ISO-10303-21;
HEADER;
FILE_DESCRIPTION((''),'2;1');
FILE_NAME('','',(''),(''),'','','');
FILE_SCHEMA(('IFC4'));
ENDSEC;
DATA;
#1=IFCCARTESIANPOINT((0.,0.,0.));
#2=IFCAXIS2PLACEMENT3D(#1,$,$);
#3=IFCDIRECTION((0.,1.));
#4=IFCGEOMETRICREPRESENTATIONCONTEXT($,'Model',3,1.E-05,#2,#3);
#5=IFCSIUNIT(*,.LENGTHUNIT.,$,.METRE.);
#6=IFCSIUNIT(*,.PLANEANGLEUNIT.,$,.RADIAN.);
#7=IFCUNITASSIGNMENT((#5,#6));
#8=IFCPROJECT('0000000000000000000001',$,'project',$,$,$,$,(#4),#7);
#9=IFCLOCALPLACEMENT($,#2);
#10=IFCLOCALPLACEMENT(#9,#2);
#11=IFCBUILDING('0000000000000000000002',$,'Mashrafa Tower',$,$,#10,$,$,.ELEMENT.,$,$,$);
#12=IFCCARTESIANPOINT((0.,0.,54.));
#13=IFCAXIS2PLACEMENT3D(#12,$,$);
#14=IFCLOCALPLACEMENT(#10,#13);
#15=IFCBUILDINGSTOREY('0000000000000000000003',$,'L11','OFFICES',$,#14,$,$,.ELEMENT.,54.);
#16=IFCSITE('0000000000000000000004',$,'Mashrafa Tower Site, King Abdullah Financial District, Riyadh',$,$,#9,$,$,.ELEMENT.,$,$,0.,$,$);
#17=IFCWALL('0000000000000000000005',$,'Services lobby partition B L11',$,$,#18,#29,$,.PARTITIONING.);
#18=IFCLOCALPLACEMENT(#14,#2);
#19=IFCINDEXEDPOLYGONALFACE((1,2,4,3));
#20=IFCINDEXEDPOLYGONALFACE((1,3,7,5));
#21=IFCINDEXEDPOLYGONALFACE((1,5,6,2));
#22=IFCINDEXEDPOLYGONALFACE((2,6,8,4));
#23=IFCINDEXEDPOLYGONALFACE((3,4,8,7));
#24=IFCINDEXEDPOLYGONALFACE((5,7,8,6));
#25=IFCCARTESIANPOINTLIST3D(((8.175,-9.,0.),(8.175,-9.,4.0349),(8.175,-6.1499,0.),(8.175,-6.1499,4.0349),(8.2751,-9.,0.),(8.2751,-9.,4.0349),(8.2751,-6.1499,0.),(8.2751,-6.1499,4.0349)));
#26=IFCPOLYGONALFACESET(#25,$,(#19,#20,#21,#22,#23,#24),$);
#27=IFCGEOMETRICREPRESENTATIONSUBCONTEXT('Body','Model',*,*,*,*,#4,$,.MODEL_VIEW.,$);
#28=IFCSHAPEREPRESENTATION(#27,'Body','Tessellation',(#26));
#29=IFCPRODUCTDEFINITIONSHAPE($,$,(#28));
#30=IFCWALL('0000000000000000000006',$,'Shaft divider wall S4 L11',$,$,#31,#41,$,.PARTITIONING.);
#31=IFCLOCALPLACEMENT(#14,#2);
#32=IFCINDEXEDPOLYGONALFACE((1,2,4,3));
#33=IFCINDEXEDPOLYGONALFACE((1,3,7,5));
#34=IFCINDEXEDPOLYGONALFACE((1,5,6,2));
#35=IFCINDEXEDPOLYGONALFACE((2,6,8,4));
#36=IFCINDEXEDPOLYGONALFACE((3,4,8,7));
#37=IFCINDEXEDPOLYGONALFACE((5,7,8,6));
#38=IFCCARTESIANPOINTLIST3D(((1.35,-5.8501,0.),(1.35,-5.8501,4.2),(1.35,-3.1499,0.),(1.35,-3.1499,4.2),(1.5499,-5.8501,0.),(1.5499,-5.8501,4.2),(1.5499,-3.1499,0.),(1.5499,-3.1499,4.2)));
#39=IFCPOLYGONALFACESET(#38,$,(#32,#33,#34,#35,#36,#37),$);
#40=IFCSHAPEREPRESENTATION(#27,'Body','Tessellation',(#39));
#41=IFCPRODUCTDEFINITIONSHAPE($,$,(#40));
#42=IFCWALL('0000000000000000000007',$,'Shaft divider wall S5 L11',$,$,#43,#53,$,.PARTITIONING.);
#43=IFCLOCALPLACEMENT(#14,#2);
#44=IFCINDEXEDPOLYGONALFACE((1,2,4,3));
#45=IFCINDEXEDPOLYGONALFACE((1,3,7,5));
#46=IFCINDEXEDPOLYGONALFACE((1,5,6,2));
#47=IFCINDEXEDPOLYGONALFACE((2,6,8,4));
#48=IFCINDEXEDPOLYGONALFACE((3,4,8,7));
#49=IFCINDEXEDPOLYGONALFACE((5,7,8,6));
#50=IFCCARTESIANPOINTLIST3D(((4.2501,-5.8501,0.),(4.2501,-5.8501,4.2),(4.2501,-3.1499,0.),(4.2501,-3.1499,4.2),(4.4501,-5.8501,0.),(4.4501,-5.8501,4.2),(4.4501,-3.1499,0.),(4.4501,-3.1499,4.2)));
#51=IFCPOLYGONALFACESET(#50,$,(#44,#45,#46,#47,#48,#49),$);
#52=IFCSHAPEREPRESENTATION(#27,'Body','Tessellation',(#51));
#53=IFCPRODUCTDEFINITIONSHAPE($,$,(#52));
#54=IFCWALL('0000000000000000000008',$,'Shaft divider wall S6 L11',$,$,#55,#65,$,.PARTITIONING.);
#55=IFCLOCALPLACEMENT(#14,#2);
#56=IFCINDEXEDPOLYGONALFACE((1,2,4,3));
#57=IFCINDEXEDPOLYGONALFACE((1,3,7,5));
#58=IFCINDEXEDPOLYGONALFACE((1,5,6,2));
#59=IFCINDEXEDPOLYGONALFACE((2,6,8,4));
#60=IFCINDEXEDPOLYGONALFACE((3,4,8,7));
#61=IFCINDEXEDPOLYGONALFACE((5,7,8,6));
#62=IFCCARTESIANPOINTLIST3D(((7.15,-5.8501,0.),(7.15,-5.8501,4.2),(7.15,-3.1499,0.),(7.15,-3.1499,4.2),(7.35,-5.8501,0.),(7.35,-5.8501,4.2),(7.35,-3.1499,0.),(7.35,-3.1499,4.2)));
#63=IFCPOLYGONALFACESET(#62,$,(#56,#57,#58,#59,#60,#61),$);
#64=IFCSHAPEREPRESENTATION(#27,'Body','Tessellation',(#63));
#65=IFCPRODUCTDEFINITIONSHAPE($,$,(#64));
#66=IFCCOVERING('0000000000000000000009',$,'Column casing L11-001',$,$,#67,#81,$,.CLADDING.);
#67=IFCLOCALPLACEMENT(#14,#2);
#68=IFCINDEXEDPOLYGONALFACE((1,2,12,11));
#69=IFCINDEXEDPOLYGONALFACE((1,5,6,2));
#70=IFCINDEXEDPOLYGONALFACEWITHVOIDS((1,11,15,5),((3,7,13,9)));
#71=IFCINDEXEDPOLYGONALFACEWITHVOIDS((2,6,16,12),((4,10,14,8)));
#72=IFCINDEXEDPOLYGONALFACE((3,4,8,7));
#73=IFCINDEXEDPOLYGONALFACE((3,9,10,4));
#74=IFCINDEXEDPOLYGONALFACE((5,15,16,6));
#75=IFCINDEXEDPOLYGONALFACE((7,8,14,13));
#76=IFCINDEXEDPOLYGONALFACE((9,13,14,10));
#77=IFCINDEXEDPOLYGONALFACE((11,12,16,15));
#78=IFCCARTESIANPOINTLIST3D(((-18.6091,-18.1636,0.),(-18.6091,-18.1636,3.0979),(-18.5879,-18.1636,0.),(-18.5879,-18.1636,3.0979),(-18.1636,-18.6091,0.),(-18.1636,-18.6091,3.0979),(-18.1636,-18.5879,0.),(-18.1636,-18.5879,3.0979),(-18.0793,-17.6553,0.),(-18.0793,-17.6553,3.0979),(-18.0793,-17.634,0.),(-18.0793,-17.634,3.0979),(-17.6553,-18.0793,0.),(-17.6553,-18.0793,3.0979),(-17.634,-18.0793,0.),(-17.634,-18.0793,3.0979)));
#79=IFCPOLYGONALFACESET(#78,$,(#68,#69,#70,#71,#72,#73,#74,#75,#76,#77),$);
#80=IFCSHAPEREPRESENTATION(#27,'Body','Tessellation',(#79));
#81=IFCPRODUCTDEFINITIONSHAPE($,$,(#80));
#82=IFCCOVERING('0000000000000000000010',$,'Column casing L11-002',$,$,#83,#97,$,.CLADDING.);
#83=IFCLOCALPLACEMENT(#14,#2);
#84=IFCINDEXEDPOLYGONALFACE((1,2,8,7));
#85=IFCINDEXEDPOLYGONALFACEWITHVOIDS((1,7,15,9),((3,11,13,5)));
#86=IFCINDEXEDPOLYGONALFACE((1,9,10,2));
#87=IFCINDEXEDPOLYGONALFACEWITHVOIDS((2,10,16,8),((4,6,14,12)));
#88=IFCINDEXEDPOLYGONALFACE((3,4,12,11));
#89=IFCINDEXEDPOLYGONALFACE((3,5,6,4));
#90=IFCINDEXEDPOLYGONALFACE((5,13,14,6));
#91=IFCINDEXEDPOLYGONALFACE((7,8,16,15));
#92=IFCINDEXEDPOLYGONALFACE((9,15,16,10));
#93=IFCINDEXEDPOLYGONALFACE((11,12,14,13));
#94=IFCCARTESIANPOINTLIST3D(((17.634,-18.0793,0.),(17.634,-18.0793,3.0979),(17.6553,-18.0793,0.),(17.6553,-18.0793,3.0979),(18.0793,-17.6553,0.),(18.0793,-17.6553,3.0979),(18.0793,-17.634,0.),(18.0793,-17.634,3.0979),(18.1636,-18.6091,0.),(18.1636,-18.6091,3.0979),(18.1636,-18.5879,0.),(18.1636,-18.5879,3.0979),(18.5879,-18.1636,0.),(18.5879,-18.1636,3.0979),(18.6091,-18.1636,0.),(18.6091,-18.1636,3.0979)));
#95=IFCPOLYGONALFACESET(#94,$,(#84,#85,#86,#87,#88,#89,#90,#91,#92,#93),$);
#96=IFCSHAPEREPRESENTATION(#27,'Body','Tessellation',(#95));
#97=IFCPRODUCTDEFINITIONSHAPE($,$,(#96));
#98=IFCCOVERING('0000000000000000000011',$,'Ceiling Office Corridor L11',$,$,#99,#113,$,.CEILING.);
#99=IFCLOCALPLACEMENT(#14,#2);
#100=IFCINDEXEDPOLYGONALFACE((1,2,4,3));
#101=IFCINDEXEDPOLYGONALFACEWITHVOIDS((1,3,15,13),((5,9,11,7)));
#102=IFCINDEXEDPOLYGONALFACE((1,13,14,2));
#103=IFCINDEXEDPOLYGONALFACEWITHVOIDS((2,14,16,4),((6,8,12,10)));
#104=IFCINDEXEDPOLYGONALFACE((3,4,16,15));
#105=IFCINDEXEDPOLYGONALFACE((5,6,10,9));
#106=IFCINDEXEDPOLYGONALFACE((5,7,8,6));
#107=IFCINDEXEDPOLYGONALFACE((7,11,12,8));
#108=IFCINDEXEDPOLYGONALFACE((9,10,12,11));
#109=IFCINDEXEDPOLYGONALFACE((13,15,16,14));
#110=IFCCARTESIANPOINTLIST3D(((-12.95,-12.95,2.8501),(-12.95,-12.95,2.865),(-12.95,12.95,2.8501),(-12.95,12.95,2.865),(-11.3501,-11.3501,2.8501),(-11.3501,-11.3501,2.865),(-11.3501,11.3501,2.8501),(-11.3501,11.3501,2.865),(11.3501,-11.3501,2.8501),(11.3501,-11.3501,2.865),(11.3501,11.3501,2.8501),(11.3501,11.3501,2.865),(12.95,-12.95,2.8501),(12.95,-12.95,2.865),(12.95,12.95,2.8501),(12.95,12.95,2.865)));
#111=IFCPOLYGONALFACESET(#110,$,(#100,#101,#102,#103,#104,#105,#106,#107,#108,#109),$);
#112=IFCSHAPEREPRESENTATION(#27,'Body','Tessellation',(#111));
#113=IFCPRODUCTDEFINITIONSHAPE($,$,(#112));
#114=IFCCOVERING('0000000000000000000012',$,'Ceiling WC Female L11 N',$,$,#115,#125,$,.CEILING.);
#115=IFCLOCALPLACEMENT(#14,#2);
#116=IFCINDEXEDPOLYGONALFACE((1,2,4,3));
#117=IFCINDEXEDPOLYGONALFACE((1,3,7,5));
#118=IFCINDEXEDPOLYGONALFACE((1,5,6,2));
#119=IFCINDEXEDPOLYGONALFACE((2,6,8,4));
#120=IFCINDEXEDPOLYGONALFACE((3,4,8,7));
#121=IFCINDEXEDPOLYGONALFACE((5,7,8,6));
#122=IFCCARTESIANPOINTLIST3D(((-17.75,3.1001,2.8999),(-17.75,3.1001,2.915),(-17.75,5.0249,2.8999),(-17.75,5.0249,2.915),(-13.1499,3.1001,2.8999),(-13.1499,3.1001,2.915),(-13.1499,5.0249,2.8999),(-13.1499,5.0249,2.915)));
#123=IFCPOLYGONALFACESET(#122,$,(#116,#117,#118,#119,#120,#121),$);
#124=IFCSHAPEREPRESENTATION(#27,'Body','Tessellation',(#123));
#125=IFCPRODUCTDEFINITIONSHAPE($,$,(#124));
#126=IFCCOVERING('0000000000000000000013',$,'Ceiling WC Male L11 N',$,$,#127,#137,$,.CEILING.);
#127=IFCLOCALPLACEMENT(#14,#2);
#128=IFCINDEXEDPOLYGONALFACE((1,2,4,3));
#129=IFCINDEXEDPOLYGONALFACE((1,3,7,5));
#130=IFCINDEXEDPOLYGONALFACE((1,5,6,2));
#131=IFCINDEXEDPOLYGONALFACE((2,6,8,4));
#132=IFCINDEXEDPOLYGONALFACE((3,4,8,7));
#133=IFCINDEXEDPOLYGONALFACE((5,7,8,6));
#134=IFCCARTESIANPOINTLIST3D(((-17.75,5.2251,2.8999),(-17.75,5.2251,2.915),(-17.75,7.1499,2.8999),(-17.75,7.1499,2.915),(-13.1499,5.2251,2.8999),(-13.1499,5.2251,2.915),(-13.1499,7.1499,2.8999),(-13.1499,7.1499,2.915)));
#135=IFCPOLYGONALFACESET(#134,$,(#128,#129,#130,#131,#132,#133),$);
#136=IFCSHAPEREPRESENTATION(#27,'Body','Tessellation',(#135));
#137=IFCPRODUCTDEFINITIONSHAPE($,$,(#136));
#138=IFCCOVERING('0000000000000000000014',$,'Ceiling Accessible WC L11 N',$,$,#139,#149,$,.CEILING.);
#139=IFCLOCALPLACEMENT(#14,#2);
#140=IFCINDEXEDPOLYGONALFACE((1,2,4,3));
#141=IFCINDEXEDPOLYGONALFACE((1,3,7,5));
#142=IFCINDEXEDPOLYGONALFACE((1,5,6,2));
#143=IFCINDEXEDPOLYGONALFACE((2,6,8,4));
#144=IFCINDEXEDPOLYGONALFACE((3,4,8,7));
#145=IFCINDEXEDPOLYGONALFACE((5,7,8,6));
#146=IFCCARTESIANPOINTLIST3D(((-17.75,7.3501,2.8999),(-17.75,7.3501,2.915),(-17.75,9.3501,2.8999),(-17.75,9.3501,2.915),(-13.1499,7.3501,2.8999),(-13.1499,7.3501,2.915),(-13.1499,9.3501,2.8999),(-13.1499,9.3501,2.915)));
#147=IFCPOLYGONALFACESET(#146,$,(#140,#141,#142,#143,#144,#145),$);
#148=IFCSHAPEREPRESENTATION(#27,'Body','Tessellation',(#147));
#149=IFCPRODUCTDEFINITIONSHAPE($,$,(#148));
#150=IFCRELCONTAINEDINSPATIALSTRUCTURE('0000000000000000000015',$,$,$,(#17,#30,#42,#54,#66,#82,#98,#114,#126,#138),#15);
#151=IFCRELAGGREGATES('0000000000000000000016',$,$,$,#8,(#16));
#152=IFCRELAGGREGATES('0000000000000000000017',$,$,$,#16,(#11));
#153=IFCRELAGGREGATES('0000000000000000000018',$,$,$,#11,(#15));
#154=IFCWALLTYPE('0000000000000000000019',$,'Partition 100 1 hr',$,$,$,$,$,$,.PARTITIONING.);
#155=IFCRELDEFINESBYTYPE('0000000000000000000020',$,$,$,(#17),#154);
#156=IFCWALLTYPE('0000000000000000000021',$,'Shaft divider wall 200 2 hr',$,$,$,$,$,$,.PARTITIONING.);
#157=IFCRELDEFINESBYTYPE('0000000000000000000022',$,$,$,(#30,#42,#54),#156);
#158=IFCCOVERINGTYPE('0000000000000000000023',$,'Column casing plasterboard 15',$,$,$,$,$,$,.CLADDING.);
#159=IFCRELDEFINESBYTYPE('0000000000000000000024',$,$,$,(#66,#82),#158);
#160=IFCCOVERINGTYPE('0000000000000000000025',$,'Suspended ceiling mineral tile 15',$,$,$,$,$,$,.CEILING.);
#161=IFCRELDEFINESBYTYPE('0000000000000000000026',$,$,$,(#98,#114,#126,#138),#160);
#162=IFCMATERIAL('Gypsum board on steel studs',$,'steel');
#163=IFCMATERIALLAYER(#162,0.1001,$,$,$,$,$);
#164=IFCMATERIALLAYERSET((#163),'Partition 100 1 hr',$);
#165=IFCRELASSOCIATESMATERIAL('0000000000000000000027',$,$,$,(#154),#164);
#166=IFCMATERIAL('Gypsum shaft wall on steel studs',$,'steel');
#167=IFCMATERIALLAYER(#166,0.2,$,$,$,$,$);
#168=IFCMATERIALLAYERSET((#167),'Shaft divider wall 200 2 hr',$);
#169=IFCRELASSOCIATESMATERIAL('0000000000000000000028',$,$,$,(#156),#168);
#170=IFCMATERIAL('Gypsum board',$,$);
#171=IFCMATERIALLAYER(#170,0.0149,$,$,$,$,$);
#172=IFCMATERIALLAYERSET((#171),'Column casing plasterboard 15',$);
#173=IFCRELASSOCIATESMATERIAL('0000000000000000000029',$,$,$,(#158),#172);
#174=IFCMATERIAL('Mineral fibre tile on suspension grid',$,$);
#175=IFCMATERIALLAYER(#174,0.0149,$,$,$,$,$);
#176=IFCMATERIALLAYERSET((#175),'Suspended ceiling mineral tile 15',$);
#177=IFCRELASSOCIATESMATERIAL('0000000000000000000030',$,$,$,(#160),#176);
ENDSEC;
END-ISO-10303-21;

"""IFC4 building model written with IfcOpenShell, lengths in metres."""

from ifc_helpers import new_model, si_unit, direction, frame, frame_2d, origin, place, context, subcontext, project, spatial, polyline, rectangle, outline, extrude, material, layer, layer_set, type_object, element, save


model = new_model("IFC4")

# Units and contexts
model_context = context("Model", 3, precision=1e-05, world=origin(), true_north=direction((0.0, 1.0)))
body_context = subcontext(model_context, "Body", "Model", "MODEL_VIEW")
ifc_project = project(units=[si_unit("LENGTHUNIT", "METRE"), si_unit("PLANEANGLEUNIT", "RADIAN")], contexts=[model_context])

# Site, building, storey
site_placement = place(None, origin())
site = spatial("IfcSite", under=ifc_project, at=site_placement, Name="Mashrafa Tower Site, King Abdullah Financial District, Riyadh", CompositionType="ELEMENT", RefElevation=0.0)
building_placement = place(site_placement, origin())
building = spatial("IfcBuilding", under=site, at=building_placement, Name="Mashrafa Tower", CompositionType="ELEMENT")
storey_placement = place(building_placement, frame((0.0, 0.0, 54.0)))
storey = spatial("IfcBuildingStorey", under=building, at=storey_placement, Name="L11", Description="OFFICES", CompositionType="ELEMENT", Elevation=54.0)

# Shared definitions
ifc_material_1 = material(Name="Gypsum board on steel studs", Category="steel")
ifc_layer_1 = layer(ifc_material_1, 0.1001)
ifc_layer_set_1 = layer_set([ifc_layer_1], Name="Partition 100 1 hr")
wall_type_1 = type_object("IfcWallType", Name="Partition 100 1 hr", PredefinedType="PARTITIONING", material=ifc_layer_set_1)

# Walls
wall_1_placement = place(storey_placement, frame((8.2251, -9.0, 0.0), z_axis=(0.0, 0.0, 1.0), x_axis=(0.0, 1.0, 0.0)))
element("IfcWall", 1, at=wall_1_placement, inside=storey, type_object=wall_type_1, Name="Services lobby partition B L11", PredefinedType="PARTITIONING", context=body_context, shape_type="SweptSolid", body=[
    extrude(rectangle(XDim=2.8501, YDim=0.1001, at=frame_2d((1.425, 0.0))), origin(), (0.0, 0.0, 1.0), 4.0349),
])
ifc_material_2 = material(Name="Gypsum shaft wall on steel studs", Category="steel")
ifc_layer_2 = layer(ifc_material_2, 0.2)
ifc_layer_set_2 = layer_set([ifc_layer_2], Name="Shaft divider wall 200 2 hr")
wall_type_2 = type_object("IfcWallType", Name="Shaft divider wall 200 2 hr", PredefinedType="PARTITIONING", material=ifc_layer_set_2)
for number, where, z_axis, x_axis, name in (
    (2, (1.45, -5.8501, 0.0), (0.0, 0.0, 1.0), (0.0, 1.0, 0.0), "Shaft divider wall S4 L11"),
    (3, (4.3501, -5.8501, 0.0), (0.0, 0.0, 1.0), (0.0, 1.0, 0.0), "Shaft divider wall S5 L11"),
    (4, (7.25, -5.8501, 0.0), (0.0, 0.0, 1.0), (0.0, 1.0, 0.0), "Shaft divider wall S6 L11"),
):
    element("IfcWall", number, at=place(storey_placement, frame(where, z_axis=z_axis, x_axis=x_axis)), inside=storey, type_object=wall_type_2, Name=name, PredefinedType="PARTITIONING", context=body_context, shape_type="SweptSolid", body=[
        extrude(rectangle(XDim=2.7002, YDim=0.2, at=frame_2d((1.3501, 0.0))), origin(), (0.0, 0.0, 1.0), 4.2),
    ])

# Coverings
ifc_material_3 = material(Name="Gypsum board")
ifc_layer_3 = layer(ifc_material_3, 0.0149)
ifc_layer_set_3 = layer_set([ifc_layer_3], Name="Column casing plasterboard 15")
covering_type_1 = type_object("IfcCoveringType", Name="Column casing plasterboard 15", PredefinedType="CLADDING", material=ifc_layer_set_3)
covering_1_placement = place(storey_placement, origin())
element("IfcCovering", 5, at=covering_1_placement, inside=storey, type_object=covering_type_1, Name="Column casing L11-001", PredefinedType="CLADDING", context=body_context, shape_type="SweptSolid", body=[
    extrude(outline(polyline([(-18.6091, -18.1636), (-18.0793, -17.634), (-17.634, -18.0793), (-18.1636, -18.6091), (-18.6091, -18.1636)]), holes=[polyline([(-17.6553, -18.0793), (-18.0793, -17.6553), (-18.5879, -18.1636), (-18.1636, -18.5879), (-17.6553, -18.0793)])]), origin(), (0.0, 0.0, 1.0), 3.0979),
])
covering_2_placement = place(storey_placement, origin())
element("IfcCovering", 6, at=covering_2_placement, inside=storey, type_object=covering_type_1, Name="Column casing L11-002", PredefinedType="CLADDING", context=body_context, shape_type="SweptSolid", body=[
    extrude(outline(polyline([(17.634, -18.0793), (18.0793, -17.634), (18.6091, -18.1636), (18.1636, -18.6091), (17.634, -18.0793)]), holes=[polyline([(18.5879, -18.1636), (18.0793, -17.6553), (17.6553, -18.0793), (18.1636, -18.5879), (18.5879, -18.1636)])]), origin(), (0.0, 0.0, 1.0), 3.0979),
])
ifc_material_4 = material(Name="Mineral fibre tile on suspension grid")
ifc_layer_4 = layer(ifc_material_4, 0.0149)
ifc_layer_set_4 = layer_set([ifc_layer_4], Name="Suspended ceiling mineral tile 15")
covering_type_2 = type_object("IfcCoveringType", Name="Suspended ceiling mineral tile 15", PredefinedType="CEILING", material=ifc_layer_set_4)
covering_3_placement = place(storey_placement, frame((0.0, 0.0, 2.8501)))
element("IfcCovering", 7, at=covering_3_placement, inside=storey, type_object=covering_type_2, Name="Ceiling Office Corridor L11", PredefinedType="CEILING", context=body_context, shape_type="SweptSolid", body=[
    extrude(outline(polyline([(-12.95, -12.95), (-12.95, 12.95), (12.95, 12.95), (12.95, -12.95), (-12.95, -12.95)]), holes=[polyline([(11.3501, 11.3501), (-11.3501, 11.3501), (-11.3501, -11.3501), (11.3501, -11.3501), (11.3501, 11.3501)])]), origin(), (0.0, 0.0, 1.0), 0.0149),
])
covering_4_placement = place(storey_placement, frame((0.0, 0.0, 2.8999)))
element("IfcCovering", 8, at=covering_4_placement, inside=storey, type_object=covering_type_2, Name="Ceiling WC Female L11 N", PredefinedType="CEILING", context=body_context, shape_type="SweptSolid", body=[
    extrude(outline(polyline([(-17.75, 3.1001), (-17.75, 5.0249), (-13.1499, 5.0249), (-13.1499, 3.1001), (-17.75, 3.1001)])), origin(), (0.0, 0.0, 1.0), 0.0151),
])
covering_5_placement = place(storey_placement, frame((0.0, 0.0, 2.8999)))
element("IfcCovering", 9, at=covering_5_placement, inside=storey, type_object=covering_type_2, Name="Ceiling WC Male L11 N", PredefinedType="CEILING", context=body_context, shape_type="SweptSolid", body=[
    extrude(outline(polyline([(-17.75, 5.2251), (-17.75, 7.1499), (-13.1499, 7.1499), (-13.1499, 5.2251), (-17.75, 5.2251)])), origin(), (0.0, 0.0, 1.0), 0.0151),
])
covering_6_placement = place(storey_placement, frame((0.0, 0.0, 2.8999)))
element("IfcCovering", 10, at=covering_6_placement, inside=storey, type_object=covering_type_2, Name="Ceiling Accessible WC L11 N", PredefinedType="CEILING", context=body_context, shape_type="SweptSolid", body=[
    extrude(outline(polyline([(-17.75, 7.3501), (-17.75, 9.3501), (-13.1499, 9.3501), (-13.1499, 7.3501), (-17.75, 7.3501)])), origin(), (0.0, 0.0, 1.0), 0.0151),
])

save(model, "model.ifc")
